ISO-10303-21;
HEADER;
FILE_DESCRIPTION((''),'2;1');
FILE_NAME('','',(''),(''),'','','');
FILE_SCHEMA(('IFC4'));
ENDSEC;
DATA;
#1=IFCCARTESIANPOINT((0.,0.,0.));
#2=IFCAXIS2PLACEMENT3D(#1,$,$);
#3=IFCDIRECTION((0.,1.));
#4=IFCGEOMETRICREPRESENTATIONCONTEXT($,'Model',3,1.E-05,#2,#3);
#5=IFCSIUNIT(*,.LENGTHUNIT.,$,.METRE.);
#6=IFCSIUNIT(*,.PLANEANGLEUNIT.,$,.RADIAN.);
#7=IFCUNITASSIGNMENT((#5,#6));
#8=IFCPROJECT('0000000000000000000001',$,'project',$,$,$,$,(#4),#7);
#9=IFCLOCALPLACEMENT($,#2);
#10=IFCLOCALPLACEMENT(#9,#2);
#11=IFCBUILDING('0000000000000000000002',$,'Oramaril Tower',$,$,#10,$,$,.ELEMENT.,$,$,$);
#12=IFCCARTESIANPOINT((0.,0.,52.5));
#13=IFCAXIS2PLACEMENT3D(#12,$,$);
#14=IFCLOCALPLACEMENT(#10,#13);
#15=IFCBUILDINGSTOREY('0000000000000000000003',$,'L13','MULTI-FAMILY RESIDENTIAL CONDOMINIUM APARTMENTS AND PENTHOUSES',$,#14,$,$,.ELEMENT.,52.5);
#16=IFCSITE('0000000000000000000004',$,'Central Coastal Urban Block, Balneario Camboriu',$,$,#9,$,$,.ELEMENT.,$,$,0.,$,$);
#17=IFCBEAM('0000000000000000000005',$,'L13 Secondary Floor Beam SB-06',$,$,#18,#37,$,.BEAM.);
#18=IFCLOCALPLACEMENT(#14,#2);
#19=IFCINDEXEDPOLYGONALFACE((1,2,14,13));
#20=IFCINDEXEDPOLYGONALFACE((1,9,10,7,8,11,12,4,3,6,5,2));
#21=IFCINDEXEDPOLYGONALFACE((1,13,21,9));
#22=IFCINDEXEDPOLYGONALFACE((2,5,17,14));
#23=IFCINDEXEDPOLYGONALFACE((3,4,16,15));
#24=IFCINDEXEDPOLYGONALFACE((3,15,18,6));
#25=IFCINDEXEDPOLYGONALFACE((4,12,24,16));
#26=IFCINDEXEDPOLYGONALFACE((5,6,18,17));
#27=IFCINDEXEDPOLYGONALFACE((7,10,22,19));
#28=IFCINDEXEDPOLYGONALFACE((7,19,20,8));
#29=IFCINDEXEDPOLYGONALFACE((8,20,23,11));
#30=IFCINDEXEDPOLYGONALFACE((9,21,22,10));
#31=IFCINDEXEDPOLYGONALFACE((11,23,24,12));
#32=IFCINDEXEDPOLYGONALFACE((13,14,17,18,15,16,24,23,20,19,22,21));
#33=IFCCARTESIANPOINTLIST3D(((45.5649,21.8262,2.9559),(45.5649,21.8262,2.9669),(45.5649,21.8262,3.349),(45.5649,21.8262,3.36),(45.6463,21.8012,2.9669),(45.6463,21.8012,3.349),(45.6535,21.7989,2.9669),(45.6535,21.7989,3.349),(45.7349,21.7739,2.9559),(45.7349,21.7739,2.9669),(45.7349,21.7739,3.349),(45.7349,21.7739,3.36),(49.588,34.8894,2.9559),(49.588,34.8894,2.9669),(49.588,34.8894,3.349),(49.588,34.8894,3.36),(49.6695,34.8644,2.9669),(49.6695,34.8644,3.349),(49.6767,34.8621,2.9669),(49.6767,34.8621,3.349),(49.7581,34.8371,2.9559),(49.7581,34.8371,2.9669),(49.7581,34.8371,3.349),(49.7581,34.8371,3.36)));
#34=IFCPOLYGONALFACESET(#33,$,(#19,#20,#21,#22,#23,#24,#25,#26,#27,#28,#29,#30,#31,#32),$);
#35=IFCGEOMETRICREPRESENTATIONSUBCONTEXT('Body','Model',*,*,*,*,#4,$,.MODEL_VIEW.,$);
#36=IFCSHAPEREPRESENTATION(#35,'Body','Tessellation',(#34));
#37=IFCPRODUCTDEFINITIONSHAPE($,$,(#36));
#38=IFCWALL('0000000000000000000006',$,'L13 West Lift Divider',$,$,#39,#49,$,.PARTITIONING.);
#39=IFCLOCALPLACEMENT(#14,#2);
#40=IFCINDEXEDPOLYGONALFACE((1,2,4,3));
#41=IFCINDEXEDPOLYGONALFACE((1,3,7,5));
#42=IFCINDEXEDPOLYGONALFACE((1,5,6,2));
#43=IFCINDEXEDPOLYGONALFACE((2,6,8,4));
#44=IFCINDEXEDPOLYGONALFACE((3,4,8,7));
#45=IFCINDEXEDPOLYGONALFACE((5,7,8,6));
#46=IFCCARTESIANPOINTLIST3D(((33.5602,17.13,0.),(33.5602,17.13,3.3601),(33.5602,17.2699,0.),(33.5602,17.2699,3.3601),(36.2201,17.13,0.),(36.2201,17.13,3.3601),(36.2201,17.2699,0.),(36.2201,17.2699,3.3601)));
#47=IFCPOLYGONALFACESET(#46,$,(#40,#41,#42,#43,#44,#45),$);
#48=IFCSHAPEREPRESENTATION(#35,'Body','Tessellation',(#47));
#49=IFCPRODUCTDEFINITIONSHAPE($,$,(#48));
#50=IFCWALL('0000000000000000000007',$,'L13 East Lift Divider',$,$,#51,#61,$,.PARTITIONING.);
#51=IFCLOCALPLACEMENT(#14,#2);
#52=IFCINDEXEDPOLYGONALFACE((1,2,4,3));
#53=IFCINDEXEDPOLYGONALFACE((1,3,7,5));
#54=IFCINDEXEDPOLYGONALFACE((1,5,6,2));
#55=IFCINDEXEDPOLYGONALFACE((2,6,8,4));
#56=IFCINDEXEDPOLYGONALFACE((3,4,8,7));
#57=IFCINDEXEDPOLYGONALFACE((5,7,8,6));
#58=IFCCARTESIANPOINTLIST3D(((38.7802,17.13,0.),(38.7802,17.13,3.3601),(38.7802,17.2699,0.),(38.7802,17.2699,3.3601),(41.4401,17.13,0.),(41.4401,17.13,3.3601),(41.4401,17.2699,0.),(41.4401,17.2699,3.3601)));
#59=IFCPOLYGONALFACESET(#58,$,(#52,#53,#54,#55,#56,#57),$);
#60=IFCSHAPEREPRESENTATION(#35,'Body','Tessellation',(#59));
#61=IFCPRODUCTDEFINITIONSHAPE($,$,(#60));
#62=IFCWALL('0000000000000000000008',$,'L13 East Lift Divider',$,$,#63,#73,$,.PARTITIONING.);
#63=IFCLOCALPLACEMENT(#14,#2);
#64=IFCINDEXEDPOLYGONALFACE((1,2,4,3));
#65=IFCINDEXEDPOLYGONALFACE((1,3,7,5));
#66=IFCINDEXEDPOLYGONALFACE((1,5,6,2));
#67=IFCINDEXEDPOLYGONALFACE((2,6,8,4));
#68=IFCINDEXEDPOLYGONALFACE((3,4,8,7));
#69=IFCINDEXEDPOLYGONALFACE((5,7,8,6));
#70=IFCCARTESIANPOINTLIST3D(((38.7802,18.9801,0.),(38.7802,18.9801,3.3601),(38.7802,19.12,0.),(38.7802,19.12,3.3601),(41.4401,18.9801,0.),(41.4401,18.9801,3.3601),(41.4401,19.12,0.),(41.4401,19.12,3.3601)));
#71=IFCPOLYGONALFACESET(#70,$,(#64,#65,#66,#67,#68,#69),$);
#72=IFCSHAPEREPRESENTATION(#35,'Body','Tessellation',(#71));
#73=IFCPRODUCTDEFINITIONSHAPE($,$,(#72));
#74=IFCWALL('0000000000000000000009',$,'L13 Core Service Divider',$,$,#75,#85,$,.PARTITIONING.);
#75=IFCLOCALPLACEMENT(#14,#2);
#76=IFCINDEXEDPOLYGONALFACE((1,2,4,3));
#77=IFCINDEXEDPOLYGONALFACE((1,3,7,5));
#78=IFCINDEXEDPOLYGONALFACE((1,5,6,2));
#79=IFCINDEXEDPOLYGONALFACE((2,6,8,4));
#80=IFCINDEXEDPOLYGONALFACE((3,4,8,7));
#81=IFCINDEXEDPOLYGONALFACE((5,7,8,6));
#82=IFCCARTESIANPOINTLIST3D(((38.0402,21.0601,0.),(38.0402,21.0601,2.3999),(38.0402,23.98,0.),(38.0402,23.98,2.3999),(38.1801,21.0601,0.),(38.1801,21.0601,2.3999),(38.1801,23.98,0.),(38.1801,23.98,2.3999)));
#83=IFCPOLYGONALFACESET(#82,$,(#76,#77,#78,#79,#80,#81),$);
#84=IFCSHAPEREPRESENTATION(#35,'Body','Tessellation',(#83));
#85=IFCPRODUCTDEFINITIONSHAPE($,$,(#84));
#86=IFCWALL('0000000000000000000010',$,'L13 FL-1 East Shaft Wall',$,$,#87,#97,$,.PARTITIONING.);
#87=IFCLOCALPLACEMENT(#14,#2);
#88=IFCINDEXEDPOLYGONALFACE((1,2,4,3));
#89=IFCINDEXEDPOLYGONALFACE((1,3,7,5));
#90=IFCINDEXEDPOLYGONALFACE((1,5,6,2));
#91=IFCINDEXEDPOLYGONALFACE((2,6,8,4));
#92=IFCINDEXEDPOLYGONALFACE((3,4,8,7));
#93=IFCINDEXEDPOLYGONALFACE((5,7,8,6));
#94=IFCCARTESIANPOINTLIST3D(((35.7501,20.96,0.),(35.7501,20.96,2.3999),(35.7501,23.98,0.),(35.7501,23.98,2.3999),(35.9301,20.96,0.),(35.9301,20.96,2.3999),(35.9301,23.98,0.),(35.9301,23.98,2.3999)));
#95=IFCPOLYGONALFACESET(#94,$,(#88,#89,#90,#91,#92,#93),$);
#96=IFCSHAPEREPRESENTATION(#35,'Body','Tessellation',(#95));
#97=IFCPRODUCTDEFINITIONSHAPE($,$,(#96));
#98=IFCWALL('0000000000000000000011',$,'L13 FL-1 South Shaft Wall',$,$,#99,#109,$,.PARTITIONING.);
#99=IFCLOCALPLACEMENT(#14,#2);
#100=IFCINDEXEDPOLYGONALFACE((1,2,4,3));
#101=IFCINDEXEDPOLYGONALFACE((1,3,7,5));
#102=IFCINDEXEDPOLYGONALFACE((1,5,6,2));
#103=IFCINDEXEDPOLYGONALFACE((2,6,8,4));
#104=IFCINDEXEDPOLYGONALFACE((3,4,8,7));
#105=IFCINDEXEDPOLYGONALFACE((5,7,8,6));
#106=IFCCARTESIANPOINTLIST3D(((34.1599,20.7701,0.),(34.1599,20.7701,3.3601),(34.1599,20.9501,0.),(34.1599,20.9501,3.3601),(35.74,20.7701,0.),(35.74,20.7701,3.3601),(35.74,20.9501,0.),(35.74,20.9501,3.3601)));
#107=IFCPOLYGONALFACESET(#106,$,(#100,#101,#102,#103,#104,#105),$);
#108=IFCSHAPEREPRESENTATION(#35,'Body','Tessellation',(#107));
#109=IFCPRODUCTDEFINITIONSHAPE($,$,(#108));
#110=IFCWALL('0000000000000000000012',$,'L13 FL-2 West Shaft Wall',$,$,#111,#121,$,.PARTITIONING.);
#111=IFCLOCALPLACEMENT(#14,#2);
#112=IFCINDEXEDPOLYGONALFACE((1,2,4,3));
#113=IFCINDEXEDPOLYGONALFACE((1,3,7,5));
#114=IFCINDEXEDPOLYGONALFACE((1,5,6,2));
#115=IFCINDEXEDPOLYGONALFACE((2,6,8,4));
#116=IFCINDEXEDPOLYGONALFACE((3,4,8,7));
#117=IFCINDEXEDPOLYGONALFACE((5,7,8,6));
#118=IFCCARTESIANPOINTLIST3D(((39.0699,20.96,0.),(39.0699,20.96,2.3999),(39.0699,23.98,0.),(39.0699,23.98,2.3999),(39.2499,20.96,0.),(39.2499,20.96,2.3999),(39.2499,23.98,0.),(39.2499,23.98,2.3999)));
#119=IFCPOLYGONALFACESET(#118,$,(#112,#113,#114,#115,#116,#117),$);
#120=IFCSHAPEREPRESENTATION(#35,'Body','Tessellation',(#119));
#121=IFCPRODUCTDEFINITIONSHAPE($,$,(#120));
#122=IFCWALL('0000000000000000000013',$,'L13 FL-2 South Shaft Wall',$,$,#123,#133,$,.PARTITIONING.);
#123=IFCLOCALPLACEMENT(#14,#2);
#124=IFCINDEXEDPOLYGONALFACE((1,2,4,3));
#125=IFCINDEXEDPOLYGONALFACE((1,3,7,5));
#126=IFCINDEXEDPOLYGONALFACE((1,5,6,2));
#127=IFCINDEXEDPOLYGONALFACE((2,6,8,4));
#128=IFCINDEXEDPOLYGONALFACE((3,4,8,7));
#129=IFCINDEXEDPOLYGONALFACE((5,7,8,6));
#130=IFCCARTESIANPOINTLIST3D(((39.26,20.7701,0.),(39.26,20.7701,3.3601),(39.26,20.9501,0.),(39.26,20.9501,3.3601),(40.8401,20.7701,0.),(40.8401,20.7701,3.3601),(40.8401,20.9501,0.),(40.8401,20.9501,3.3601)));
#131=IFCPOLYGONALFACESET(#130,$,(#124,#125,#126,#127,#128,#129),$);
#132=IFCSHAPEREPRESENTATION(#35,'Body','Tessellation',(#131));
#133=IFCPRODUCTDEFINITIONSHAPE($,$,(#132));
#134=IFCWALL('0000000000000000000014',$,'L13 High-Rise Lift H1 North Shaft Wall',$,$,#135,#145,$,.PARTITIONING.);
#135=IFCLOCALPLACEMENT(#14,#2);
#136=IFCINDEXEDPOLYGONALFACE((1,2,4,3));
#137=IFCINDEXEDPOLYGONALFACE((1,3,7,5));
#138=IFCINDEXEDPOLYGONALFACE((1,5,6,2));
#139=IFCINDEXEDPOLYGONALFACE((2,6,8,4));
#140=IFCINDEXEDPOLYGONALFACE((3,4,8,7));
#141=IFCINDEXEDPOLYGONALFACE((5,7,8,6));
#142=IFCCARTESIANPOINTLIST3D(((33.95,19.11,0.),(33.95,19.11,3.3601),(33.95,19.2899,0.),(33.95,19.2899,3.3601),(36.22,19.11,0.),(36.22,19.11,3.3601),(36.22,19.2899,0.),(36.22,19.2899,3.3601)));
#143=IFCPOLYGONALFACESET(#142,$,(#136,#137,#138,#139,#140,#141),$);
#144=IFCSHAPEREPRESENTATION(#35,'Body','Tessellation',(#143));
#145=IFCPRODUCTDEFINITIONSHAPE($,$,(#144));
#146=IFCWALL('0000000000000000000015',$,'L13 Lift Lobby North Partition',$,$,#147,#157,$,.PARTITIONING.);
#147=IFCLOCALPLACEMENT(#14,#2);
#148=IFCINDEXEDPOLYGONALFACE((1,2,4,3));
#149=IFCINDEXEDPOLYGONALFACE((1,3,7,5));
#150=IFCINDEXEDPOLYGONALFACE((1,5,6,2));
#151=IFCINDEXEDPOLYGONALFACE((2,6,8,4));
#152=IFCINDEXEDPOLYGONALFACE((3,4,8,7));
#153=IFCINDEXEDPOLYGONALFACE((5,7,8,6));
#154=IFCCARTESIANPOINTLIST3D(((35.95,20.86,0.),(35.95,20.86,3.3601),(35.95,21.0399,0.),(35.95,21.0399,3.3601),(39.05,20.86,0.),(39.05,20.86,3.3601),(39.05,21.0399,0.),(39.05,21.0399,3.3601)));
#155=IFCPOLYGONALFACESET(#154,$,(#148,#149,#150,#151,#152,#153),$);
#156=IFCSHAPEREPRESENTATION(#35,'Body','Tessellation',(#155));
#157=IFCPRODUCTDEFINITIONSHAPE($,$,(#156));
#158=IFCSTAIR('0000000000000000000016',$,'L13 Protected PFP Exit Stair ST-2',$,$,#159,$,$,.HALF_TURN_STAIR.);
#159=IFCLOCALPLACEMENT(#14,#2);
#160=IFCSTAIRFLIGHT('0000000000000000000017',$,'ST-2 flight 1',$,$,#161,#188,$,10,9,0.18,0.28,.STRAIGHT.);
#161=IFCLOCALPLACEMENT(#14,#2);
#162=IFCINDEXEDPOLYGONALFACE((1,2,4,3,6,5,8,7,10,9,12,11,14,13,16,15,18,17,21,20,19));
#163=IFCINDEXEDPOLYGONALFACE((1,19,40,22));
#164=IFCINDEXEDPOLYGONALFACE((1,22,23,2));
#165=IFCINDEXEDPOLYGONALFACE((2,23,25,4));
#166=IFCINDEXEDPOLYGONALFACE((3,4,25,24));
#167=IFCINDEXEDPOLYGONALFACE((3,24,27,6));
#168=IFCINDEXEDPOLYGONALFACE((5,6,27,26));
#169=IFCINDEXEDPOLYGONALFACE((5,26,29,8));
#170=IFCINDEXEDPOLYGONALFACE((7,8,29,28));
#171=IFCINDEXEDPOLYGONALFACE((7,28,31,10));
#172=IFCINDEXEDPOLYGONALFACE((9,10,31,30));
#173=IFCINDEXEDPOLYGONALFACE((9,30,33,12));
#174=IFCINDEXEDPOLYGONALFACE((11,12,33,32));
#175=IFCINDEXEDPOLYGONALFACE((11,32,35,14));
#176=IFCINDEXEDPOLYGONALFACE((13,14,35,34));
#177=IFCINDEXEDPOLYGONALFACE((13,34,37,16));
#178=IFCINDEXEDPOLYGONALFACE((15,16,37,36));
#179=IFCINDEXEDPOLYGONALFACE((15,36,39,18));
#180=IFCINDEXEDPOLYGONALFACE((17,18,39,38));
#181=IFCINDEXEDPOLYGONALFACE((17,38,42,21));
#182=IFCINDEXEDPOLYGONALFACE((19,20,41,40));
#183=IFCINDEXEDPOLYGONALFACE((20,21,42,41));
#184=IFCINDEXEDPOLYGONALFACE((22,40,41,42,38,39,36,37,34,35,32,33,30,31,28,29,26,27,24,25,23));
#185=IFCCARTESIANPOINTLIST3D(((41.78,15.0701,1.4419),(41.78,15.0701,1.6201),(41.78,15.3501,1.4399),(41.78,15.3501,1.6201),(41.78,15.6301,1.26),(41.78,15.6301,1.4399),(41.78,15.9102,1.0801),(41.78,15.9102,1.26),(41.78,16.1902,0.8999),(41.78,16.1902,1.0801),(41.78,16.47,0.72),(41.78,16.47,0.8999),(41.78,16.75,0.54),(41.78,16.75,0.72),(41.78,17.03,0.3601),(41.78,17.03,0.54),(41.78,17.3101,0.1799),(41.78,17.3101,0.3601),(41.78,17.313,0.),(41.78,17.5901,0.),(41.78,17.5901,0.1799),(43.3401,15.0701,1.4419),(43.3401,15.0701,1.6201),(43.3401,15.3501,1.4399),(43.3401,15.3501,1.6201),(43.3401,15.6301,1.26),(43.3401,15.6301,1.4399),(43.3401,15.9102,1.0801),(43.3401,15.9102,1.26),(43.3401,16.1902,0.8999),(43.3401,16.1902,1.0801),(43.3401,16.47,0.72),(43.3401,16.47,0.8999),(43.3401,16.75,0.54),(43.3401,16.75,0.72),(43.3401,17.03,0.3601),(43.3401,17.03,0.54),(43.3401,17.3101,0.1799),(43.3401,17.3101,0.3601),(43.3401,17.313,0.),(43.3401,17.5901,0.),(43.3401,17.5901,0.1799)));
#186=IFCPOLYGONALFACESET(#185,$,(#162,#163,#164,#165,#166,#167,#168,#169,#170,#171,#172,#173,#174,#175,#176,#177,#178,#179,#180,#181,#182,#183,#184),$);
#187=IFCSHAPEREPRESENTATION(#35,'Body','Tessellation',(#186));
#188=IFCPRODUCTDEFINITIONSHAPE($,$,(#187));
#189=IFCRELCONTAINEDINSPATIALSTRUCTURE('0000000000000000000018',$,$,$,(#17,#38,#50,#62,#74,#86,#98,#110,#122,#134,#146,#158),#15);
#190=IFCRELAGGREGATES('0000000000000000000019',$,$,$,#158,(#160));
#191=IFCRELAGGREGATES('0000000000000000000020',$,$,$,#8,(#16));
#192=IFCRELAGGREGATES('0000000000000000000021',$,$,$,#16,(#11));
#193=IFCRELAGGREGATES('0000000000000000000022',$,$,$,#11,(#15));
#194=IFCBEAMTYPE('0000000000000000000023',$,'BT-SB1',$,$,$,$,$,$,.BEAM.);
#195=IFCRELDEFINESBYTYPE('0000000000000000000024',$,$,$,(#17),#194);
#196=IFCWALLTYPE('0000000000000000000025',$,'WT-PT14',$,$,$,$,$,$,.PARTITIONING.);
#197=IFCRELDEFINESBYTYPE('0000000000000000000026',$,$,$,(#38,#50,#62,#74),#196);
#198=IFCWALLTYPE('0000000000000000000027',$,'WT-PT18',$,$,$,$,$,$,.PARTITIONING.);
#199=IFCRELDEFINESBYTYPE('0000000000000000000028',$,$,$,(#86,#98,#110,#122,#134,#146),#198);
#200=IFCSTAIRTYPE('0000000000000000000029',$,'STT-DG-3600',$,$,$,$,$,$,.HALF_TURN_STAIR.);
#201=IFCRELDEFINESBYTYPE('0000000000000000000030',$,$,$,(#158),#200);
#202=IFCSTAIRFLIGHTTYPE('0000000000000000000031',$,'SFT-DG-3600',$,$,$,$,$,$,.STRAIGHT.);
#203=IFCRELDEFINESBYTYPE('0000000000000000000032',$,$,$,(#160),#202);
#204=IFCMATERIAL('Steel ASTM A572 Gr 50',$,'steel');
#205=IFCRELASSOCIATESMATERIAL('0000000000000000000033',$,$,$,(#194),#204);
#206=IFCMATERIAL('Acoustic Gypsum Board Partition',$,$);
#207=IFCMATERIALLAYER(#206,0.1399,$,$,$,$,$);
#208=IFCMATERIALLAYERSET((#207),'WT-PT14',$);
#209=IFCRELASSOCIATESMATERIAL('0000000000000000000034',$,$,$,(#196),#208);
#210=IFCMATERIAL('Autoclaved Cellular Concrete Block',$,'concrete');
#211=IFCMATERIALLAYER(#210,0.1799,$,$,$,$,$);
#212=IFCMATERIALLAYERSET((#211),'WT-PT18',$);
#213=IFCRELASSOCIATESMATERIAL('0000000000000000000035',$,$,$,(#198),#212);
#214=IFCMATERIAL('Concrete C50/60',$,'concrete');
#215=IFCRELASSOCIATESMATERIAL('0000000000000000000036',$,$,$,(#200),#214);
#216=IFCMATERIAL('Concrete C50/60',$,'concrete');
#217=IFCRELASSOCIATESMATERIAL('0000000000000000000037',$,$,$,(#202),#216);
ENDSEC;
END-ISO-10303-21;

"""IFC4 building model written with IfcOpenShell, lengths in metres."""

from ifc_helpers import new_model, si_unit, direction, frame, frame_2d, origin, origin_2d, place, context, subcontext, project, spatial, polyline, rectangle, i_section, outline, extrude, material, layer, layer_set, material_profile, profile_set, type_object, element, aggregate, save


model = new_model("IFC4")

# Units and contexts
model_context = context("Model", 3, precision=1e-05, world=origin(), true_north=direction((0.0, 1.0)))
body_context = subcontext(model_context, "Body", "Model", "MODEL_VIEW")
ifc_project = project(units=[si_unit("LENGTHUNIT", "METRE"), si_unit("PLANEANGLEUNIT", "RADIAN")], contexts=[model_context])

# Site, building, storey
site_placement = place(None, origin())
site = spatial("IfcSite", under=ifc_project, at=site_placement, Name="Central Coastal Urban Block, Balneario Camboriu", CompositionType="ELEMENT", RefElevation=0.0)
building_placement = place(site_placement, origin())
building = spatial("IfcBuilding", under=site, at=building_placement, Name="Oramaril Tower", CompositionType="ELEMENT")
storey_placement = place(building_placement, frame((0.0, 0.0, 52.5)))
storey = spatial("IfcBuildingStorey", under=building, at=storey_placement, Name="L13", Description="MULTI-FAMILY RESIDENTIAL CONDOMINIUM APARTMENTS AND PENTHOUSES", CompositionType="ELEMENT", Elevation=52.5)

# Beam
ifc_material_1 = material(Name="Steel ASTM A572 Gr 50", Category="steel")
ifc_material_profile = material_profile(ifc_material_1, i_section(OverallWidth=0.178, OverallDepth=0.4041, WebThickness=0.0076, FlangeThickness=0.011, at=origin_2d()), Name="W16X36")
ifc_profile_set = profile_set([ifc_material_profile], Name="Steel ASTM A572 Gr 50")
beam_type = type_object("IfcBeamType", Name="BT-SB1", PredefinedType="BEAM", material=ifc_profile_set)
beam_placement = place(storey_placement, frame((45.6499, 21.8, 3.158), z_axis=(0.294336, 0.955702, 0.0), x_axis=(-0.955702, 0.294336, 0.0)))
element("IfcBeam", 1, at=beam_placement, inside=storey, type_object=beam_type, Name="L13 Secondary Floor Beam SB-06", PredefinedType="BEAM", context=body_context, shape_type="SweptSolid", body=[
    extrude(i_section(OverallWidth=0.178, OverallDepth=0.4041, WebThickness=0.0076, FlangeThickness=0.011, at=origin_2d()), origin(), (0.0, 0.0, 1.0), 13.6687),
])

# Walls
ifc_material_2 = material(Name="Acoustic Gypsum Board Partition")
ifc_layer_1 = layer(ifc_material_2, 0.1399)
ifc_layer_set_1 = layer_set([ifc_layer_1], Name="WT-PT14")
wall_type_1 = type_object("IfcWallType", Name="WT-PT14", PredefinedType="PARTITIONING", material=ifc_layer_set_1)
for number, where, z_axis, x_axis, name in (
    (2, (33.5601, 17.2, 0.0), (0.0, 0.0, 1.0), (1.0, 0.0, 0.0), "L13 West Lift Divider"),
    (3, (38.78, 17.2, 0.0), (0.0, 0.0, 1.0), (1.0, 0.0, 0.0), "L13 East Lift Divider"),
    (4, (38.78, 19.05, 0.0), (0.0, 0.0, 1.0), (1.0, 0.0, 0.0), "L13 East Lift Divider"),
):
    element("IfcWall", number, at=place(storey_placement, frame(where, z_axis=z_axis, x_axis=x_axis)), inside=storey, type_object=wall_type_1, Name=name, PredefinedType="PARTITIONING", context=body_context, shape_type="SweptSolid", body=[
        extrude(rectangle(XDim=2.6599, YDim=0.1399, at=frame_2d((1.3301, 0.0))), origin(), (0.0, 0.0, 1.0), 3.3601),
    ])
wall_1_placement = place(storey_placement, frame((38.1101, 21.0601, 0.0), z_axis=(0.0, 0.0, 1.0), x_axis=(0.0, 1.0, 0.0)))
element("IfcWall", 5, at=wall_1_placement, inside=storey, type_object=wall_type_1, Name="L13 Core Service Divider", PredefinedType="PARTITIONING", context=body_context, shape_type="SweptSolid", body=[
    extrude(rectangle(XDim=2.9199, YDim=0.1399, at=frame_2d((1.46, 0.0))), origin(), (0.0, 0.0, 1.0), 2.3999),
])
ifc_material_3 = material(Name="Autoclaved Cellular Concrete Block", Category="concrete")
ifc_layer_2 = layer(ifc_material_3, 0.1799)
ifc_layer_set_2 = layer_set([ifc_layer_2], Name="WT-PT18")
wall_type_2 = type_object("IfcWallType", Name="WT-PT18", PredefinedType="PARTITIONING", material=ifc_layer_set_2)
wall_2_placement = place(storey_placement, frame((35.8401, 20.96, 0.0), z_axis=(0.0, 0.0, 1.0), x_axis=(0.0, 1.0, 0.0)))
element("IfcWall", 6, at=wall_2_placement, inside=storey, type_object=wall_type_2, Name="L13 FL-1 East Shaft Wall", PredefinedType="PARTITIONING", context=body_context, shape_type="SweptSolid", body=[
    extrude(rectangle(XDim=3.02, YDim=0.1799, at=frame_2d((1.51, 0.0))), origin(), (0.0, 0.0, 1.0), 2.3999),
])
wall_3_placement = place(storey_placement, frame((34.1599, 20.8601, 0.0), z_axis=(0.0, 0.0, 1.0), x_axis=(1.0, 0.0, 0.0)))
element("IfcWall", 7, at=wall_3_placement, inside=storey, type_object=wall_type_2, Name="L13 FL-1 South Shaft Wall", PredefinedType="PARTITIONING", context=body_context, shape_type="SweptSolid", body=[
    extrude(rectangle(XDim=1.5801, YDim=0.1799, at=frame_2d((0.79, 0.0))), origin(), (0.0, 0.0, 1.0), 3.3601),
])
wall_4_placement = place(storey_placement, frame((39.1599, 20.96, 0.0), z_axis=(0.0, 0.0, 1.0), x_axis=(0.0, 1.0, 0.0)))
element("IfcWall", 8, at=wall_4_placement, inside=storey, type_object=wall_type_2, Name="L13 FL-2 West Shaft Wall", PredefinedType="PARTITIONING", context=body_context, shape_type="SweptSolid", body=[
    extrude(rectangle(XDim=3.02, YDim=0.1799, at=frame_2d((1.51, 0.0))), origin(), (0.0, 0.0, 1.0), 2.3999),
])
wall_5_placement = place(storey_placement, frame((39.26, 20.8601, 0.0), z_axis=(0.0, 0.0, 1.0), x_axis=(1.0, 0.0, 0.0)))
element("IfcWall", 9, at=wall_5_placement, inside=storey, type_object=wall_type_2, Name="L13 FL-2 South Shaft Wall", PredefinedType="PARTITIONING", context=body_context, shape_type="SweptSolid", body=[
    extrude(rectangle(XDim=1.5801, YDim=0.1799, at=frame_2d((0.79, 0.0))), origin(), (0.0, 0.0, 1.0), 3.3601),
])
wall_6_placement = place(storey_placement, frame((33.95, 19.2, 0.0), z_axis=(0.0, 0.0, 1.0), x_axis=(1.0, 0.0, 0.0)))
element("IfcWall", 10, at=wall_6_placement, inside=storey, type_object=wall_type_2, Name="L13 High-Rise Lift H1 North Shaft Wall", PredefinedType="PARTITIONING", context=body_context, shape_type="SweptSolid", body=[
    extrude(rectangle(XDim=2.27, YDim=0.1799, at=frame_2d((1.135, 0.0))), origin(), (0.0, 0.0, 1.0), 3.3601),
])
wall_7_placement = place(storey_placement, frame((35.95, 20.95, 0.0), z_axis=(0.0, 0.0, 1.0), x_axis=(1.0, 0.0, 0.0)))
element("IfcWall", 11, at=wall_7_placement, inside=storey, type_object=wall_type_2, Name="L13 Lift Lobby North Partition", PredefinedType="PARTITIONING", context=body_context, shape_type="SweptSolid", body=[
    extrude(rectangle(XDim=3.1001, YDim=0.1799, at=frame_2d((1.55, 0.0))), origin(), (0.0, 0.0, 1.0), 3.3601),
])

# Stair, stair flight
ifc_material_4 = material(Name="Concrete C50/60", Category="concrete")
stair_type = type_object("IfcStairType", Name="STT-DG-3600", PredefinedType="HALF_TURN_STAIR", material=ifc_material_4)
stair_placement = place(storey_placement, origin())
stair = element("IfcStair", 12, at=stair_placement, inside=storey, type_object=stair_type, Name="L13 Protected PFP Exit Stair ST-2", PredefinedType="HALF_TURN_STAIR")
ifc_material_5 = material(Name="Concrete C50/60", Category="concrete")
stair_flight_type = type_object("IfcStairFlightType", Name="SFT-DG-3600", PredefinedType="STRAIGHT", material=ifc_material_5)
stair_flight_placement = place(storey_placement, frame((42.5601, 17.5901, 0.0), z_axis=(0.0, 0.0, 1.0), x_axis=(0.0, -1.0, 0.0)))
stair_flight = element("IfcStairFlight", 13, at=stair_flight_placement, type_object=stair_flight_type, Name="ST-2 flight 1", NumberOfRisers=10, NumberOfTreads=9, PredefinedType="STRAIGHT", RiserHeight=0.18, TreadLength=0.28, context=body_context, shape_type="SweptSolid", body=[
    extrude(outline(polyline([(0.0, 0.0), (0.0, 0.1799), (0.28, 0.1799), (0.28, 0.3601), (0.5601, 0.3601), (0.5601, 0.54), (0.8401, 0.54), (0.8401, 0.72), (1.1201, 0.72), (1.1201, 0.8999), (1.3999, 0.8999), (1.3999, 1.0801), (1.6799, 1.0801), (1.6799, 1.26), (1.96, 1.26), (1.96, 1.4399), (2.24, 1.4399), (2.24, 1.6201), (2.52, 1.6201), (2.52, 1.8), (2.52, 1.4419), (0.2771, 0.0), (0.0, 0.0)])), frame((0.0, 0.78, 0.0), z_axis=(0.0, -1.0, 0.0), x_axis=(1.0, 0.0, 0.0)), (0.0, 0.0, 1.0), 1.5601),
])
aggregate(stair, [stair_flight])

save(model, "model.ifc")
